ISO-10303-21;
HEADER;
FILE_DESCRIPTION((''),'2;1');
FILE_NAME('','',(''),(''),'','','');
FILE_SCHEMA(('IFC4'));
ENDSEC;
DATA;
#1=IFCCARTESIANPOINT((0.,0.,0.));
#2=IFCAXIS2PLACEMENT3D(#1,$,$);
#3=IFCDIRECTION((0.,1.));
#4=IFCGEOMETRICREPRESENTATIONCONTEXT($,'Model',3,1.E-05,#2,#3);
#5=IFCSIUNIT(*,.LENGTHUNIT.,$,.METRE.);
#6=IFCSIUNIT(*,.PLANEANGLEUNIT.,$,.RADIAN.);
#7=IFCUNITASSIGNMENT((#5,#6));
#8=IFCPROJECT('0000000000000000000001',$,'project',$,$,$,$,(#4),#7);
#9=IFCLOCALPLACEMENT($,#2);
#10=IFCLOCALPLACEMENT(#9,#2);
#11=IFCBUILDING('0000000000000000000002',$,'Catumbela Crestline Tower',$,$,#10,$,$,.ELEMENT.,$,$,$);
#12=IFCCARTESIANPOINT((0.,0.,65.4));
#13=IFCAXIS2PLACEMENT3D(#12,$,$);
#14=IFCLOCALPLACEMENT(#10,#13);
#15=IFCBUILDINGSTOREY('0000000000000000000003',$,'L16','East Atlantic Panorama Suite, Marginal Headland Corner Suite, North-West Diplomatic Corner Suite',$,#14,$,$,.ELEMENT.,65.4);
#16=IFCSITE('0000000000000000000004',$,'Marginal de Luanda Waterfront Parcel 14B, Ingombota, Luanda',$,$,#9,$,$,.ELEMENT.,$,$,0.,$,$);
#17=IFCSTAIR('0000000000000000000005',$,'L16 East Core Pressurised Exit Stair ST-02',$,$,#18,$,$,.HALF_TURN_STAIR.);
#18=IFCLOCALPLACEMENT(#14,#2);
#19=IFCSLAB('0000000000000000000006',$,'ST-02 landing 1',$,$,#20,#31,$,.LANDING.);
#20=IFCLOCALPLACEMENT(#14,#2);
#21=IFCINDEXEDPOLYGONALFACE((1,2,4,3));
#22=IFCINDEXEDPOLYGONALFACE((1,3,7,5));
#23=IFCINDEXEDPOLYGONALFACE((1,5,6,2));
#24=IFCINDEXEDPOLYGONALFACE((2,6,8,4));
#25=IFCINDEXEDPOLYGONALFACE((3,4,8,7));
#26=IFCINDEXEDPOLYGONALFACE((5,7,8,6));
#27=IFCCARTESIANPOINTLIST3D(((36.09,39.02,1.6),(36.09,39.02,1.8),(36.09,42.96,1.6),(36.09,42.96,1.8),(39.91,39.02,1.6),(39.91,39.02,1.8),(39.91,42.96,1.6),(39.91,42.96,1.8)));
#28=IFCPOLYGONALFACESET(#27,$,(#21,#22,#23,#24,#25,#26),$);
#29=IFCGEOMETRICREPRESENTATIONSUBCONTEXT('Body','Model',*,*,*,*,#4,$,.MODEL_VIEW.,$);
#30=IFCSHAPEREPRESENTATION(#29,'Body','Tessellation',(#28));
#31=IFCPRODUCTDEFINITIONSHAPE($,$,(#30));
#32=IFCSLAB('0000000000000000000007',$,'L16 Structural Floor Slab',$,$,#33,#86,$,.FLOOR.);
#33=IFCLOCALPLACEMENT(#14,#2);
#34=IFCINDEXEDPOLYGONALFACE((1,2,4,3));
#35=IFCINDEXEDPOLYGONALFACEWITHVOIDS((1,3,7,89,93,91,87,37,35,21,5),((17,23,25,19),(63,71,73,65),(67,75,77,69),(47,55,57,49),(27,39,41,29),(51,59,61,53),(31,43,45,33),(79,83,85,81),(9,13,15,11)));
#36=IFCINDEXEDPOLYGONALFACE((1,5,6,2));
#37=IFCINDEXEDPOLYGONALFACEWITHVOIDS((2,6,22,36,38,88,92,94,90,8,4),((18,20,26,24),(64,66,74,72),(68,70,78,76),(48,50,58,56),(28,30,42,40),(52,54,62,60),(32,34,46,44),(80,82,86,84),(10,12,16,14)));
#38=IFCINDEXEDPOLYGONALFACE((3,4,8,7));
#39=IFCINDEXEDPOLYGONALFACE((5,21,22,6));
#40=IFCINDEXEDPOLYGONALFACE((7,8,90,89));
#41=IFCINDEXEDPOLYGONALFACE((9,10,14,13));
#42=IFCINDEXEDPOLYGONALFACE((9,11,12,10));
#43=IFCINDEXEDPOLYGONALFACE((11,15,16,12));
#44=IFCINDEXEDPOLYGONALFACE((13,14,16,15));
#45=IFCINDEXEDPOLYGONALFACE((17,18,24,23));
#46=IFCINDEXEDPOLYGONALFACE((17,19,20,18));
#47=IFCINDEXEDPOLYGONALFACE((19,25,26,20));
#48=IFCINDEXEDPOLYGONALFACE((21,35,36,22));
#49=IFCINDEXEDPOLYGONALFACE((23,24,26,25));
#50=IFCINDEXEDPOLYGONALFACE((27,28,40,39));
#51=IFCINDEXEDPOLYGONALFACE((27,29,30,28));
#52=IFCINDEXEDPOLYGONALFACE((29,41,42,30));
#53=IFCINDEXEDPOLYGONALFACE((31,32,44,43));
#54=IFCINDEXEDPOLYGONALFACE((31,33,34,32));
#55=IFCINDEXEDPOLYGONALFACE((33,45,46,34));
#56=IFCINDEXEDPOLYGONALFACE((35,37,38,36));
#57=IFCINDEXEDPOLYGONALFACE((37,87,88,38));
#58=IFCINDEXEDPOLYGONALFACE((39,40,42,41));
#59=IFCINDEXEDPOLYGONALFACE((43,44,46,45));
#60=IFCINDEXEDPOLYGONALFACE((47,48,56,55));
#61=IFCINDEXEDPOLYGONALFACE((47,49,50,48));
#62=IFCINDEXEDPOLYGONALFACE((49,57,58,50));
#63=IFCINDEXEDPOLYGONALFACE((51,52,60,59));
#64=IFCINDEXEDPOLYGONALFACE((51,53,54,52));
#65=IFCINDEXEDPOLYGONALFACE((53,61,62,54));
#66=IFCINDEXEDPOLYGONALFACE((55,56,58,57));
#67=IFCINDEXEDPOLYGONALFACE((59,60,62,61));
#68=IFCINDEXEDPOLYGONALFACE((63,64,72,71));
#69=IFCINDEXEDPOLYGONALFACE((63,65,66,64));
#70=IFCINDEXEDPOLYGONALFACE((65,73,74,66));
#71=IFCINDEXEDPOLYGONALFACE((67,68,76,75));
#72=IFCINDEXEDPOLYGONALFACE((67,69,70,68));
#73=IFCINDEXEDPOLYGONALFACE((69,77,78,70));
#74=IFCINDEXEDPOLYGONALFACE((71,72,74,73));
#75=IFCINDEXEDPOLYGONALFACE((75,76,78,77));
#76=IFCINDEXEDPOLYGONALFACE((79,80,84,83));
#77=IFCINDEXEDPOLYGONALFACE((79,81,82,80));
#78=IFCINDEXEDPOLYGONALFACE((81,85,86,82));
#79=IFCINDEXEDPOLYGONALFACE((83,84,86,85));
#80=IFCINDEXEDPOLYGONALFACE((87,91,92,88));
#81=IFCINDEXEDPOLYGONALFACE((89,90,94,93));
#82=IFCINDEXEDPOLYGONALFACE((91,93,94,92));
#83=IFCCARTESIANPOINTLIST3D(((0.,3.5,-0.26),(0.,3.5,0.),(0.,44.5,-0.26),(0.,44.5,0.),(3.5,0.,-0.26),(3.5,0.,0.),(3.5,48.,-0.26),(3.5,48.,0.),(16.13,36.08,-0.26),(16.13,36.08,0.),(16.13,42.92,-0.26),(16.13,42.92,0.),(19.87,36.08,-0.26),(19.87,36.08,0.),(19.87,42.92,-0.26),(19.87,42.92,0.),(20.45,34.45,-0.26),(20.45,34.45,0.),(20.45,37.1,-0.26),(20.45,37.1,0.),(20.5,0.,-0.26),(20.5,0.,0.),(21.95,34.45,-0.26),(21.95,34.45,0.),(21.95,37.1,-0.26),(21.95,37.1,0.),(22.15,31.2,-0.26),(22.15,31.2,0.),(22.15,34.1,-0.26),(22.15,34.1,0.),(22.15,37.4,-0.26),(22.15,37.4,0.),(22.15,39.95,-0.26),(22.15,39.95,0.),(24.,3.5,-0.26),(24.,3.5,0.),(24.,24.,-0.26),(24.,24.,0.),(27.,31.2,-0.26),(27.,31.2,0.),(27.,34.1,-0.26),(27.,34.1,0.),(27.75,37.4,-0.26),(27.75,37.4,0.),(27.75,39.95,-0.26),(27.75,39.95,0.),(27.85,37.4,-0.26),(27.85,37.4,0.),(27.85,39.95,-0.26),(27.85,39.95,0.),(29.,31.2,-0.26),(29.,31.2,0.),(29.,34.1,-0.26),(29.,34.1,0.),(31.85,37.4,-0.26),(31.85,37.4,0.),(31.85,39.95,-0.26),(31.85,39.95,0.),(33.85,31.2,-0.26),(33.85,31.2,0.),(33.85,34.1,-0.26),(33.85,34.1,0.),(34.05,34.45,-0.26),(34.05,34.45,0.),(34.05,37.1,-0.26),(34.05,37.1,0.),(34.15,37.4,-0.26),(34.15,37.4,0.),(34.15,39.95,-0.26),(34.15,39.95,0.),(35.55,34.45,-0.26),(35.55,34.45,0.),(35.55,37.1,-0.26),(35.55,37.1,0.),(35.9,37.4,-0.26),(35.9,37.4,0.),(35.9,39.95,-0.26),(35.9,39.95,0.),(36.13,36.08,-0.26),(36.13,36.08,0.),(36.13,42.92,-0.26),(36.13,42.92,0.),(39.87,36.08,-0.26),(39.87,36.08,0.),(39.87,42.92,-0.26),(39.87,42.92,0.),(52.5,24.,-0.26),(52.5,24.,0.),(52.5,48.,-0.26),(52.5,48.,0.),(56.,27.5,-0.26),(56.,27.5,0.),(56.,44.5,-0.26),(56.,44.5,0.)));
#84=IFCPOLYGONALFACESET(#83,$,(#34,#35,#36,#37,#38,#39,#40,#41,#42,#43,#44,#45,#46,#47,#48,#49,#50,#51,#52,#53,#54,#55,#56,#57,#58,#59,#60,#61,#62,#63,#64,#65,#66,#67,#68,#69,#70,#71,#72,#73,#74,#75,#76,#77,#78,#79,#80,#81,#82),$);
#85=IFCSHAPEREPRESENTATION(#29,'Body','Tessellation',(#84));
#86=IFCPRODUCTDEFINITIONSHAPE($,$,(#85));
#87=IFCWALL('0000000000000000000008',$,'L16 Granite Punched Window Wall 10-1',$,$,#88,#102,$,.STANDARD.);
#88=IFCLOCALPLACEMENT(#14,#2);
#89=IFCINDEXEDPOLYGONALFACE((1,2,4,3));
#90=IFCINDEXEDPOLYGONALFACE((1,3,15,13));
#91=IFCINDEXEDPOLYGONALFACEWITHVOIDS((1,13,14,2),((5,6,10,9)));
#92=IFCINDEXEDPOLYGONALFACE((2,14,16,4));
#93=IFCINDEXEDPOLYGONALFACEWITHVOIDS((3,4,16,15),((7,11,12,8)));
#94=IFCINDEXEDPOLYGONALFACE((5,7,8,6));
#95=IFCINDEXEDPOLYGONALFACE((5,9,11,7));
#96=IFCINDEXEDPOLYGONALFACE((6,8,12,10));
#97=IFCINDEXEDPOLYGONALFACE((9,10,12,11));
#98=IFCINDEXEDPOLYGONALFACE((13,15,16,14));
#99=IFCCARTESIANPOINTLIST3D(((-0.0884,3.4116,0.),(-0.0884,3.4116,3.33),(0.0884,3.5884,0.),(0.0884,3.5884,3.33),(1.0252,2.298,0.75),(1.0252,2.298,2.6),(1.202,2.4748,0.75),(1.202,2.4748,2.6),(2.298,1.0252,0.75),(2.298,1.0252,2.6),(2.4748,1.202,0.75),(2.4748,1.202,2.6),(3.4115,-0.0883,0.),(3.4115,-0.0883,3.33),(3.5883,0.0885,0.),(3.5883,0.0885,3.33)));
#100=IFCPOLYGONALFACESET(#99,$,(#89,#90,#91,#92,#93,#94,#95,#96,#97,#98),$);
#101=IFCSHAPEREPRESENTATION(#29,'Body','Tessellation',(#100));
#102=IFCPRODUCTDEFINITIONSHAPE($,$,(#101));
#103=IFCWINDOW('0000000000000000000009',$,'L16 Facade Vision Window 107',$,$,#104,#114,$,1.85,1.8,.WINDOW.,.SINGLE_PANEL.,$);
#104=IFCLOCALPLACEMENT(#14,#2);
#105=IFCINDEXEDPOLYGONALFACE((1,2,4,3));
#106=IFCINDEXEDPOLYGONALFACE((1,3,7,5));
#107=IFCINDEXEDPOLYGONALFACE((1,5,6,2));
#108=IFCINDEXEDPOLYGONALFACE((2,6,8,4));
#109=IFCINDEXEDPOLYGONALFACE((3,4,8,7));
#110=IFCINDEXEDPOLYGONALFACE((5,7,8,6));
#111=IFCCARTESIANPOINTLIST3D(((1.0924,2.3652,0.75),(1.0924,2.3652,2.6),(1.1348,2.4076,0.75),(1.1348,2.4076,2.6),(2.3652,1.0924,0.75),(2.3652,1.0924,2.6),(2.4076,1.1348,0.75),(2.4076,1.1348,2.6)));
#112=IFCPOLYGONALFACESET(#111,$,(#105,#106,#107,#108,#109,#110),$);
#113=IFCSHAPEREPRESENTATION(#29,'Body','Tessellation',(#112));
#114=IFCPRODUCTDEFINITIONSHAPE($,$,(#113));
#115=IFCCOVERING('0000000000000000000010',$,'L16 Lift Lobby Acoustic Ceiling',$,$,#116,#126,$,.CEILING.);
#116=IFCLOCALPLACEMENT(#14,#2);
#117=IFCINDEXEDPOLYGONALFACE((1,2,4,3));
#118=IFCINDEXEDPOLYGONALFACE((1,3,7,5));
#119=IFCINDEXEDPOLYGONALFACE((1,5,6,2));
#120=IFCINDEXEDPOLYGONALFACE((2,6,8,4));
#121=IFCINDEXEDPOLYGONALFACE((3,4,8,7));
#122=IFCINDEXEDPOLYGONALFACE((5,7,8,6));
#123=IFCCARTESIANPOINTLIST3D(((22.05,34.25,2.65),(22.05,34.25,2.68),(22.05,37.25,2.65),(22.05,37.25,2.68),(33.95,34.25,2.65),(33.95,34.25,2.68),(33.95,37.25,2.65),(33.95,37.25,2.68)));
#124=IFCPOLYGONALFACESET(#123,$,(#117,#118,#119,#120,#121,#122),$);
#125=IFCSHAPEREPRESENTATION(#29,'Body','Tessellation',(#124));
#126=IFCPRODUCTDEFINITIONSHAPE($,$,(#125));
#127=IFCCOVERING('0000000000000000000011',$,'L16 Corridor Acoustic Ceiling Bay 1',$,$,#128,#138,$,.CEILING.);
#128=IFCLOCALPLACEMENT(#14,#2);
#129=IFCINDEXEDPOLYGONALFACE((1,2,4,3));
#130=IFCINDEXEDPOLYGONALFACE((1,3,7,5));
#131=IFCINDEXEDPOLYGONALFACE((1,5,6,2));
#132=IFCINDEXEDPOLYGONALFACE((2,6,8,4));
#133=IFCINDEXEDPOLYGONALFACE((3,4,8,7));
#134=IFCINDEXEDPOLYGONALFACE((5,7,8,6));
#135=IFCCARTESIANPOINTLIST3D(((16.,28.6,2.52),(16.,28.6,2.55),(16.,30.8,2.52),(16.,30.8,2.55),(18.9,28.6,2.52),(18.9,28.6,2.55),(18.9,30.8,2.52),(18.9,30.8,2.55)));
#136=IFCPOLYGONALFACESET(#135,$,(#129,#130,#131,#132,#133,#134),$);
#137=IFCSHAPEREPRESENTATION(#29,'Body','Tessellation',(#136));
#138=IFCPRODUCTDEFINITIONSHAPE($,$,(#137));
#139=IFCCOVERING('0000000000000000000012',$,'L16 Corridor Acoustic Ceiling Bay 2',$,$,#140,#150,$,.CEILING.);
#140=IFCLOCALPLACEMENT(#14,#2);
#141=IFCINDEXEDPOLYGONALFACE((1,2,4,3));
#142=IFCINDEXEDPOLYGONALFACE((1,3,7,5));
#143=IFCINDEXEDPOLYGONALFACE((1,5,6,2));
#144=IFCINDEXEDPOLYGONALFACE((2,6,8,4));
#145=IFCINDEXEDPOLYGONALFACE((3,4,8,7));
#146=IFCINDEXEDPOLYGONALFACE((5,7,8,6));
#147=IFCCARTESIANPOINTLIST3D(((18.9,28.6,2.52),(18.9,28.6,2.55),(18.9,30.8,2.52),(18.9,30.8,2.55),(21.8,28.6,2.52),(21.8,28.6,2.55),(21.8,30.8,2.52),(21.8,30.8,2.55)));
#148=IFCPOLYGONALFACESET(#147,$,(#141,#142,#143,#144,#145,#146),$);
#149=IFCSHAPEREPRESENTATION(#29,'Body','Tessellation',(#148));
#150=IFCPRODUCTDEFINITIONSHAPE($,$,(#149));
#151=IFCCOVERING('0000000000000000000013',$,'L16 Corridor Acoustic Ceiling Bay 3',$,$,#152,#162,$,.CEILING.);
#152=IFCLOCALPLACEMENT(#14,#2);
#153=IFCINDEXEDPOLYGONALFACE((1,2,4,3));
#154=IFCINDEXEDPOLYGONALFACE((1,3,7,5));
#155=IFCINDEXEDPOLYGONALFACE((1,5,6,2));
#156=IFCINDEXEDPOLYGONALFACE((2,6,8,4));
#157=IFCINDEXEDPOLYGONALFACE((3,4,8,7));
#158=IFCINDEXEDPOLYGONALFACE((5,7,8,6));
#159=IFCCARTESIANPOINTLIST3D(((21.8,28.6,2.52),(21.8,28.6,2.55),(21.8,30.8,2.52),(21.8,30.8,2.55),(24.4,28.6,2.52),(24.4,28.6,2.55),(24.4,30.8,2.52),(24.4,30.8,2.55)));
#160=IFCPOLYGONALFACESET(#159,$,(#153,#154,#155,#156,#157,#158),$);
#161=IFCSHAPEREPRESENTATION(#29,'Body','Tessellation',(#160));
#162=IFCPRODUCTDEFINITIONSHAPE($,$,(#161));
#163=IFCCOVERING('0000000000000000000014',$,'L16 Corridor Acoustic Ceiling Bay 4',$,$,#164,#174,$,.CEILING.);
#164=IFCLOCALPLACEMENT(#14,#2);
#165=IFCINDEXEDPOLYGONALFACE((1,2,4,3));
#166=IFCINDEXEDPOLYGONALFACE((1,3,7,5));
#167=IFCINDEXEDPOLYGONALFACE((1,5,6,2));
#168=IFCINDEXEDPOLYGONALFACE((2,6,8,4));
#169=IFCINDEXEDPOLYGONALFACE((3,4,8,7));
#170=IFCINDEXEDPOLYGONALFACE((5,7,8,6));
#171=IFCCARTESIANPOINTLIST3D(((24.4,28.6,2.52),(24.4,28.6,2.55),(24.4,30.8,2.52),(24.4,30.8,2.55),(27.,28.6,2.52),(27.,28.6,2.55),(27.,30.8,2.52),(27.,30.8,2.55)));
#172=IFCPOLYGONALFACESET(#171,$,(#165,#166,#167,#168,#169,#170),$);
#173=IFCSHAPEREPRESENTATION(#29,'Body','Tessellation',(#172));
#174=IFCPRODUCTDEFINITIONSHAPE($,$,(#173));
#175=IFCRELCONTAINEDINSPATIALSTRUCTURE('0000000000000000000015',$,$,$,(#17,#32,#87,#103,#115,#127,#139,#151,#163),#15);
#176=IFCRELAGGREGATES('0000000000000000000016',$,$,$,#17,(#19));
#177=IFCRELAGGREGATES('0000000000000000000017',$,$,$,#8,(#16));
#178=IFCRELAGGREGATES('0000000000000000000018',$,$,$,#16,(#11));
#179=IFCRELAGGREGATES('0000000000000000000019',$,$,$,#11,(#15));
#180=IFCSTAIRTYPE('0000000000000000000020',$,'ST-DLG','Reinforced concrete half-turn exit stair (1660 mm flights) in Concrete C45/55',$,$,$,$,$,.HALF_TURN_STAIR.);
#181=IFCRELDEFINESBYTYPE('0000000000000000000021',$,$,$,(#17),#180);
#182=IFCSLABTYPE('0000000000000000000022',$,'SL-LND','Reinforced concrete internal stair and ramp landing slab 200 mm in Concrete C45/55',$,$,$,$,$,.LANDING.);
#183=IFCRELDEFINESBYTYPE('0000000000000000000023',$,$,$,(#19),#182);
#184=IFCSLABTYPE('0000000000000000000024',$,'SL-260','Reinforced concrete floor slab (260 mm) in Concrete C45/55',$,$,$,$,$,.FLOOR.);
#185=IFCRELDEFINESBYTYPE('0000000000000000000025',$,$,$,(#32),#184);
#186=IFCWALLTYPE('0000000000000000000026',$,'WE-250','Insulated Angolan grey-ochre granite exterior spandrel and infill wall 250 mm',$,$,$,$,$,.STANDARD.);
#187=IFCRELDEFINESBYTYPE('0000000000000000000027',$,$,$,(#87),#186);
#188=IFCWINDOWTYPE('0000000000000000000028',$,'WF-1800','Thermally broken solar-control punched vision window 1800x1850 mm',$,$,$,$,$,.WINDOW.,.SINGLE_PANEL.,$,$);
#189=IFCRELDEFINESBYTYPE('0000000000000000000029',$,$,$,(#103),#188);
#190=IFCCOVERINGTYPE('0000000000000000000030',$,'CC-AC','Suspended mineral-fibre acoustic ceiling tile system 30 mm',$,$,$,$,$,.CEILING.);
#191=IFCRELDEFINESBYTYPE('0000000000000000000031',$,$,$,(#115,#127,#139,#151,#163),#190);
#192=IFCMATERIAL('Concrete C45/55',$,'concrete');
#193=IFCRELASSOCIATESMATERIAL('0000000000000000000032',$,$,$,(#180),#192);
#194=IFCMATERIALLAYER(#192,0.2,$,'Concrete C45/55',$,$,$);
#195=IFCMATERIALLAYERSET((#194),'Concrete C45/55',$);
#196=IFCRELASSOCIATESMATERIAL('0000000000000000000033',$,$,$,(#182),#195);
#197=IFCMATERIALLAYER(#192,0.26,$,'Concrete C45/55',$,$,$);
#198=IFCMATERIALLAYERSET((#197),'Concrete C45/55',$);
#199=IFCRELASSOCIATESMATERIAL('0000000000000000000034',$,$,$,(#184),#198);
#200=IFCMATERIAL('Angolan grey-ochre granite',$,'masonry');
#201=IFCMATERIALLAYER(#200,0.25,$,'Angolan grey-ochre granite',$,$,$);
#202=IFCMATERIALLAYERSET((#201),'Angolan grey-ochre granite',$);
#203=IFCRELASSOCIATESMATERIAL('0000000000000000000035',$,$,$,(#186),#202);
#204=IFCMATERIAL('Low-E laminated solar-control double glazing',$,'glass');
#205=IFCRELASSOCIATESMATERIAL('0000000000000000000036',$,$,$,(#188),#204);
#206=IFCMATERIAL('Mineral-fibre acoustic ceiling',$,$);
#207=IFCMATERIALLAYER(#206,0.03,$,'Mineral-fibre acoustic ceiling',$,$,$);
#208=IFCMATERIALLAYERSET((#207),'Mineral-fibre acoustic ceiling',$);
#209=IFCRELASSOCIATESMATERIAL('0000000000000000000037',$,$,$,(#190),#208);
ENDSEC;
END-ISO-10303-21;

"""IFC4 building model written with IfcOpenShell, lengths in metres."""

from ifc_helpers import new_model, si_unit, direction, frame, frame_2d, origin, place, context, subcontext, project, spatial, polyline, rectangle, outline, extrude, material, layer, layer_set, type_object, element, fill, aggregate, save


model = new_model("IFC4")

# Units and contexts
model_context = context("Model", 3, precision=1e-05, world=origin(), true_north=direction((0.0, 1.0)))
body_context = subcontext(model_context, "Body", "Model", "MODEL_VIEW")
ifc_project = project(units=[si_unit("LENGTHUNIT", "METRE"), si_unit("PLANEANGLEUNIT", "RADIAN")], contexts=[model_context])

# Site, building, storey
site_placement = place(None, origin())
site = spatial("IfcSite", under=ifc_project, at=site_placement, Name="Marginal de Luanda Waterfront Parcel 14B, Ingombota, Luanda", CompositionType="ELEMENT", RefElevation=0.0)
building_placement = place(site_placement, origin())
building = spatial("IfcBuilding", under=site, at=building_placement, Name="Catumbela Crestline Tower", CompositionType="ELEMENT")
storey_placement = place(building_placement, frame((0.0, 0.0, 65.4)))
storey = spatial("IfcBuildingStorey", under=building, at=storey_placement, Name="L16", Description="East Atlantic Panorama Suite, Marginal Headland Corner Suite, North-West Diplomatic Corner Suite", CompositionType="ELEMENT", Elevation=65.4)

# Stair, slab
ifc_material_1 = material(Name="Concrete C45/55", Category="concrete")
stair_type = type_object("IfcStairType", Name="ST-DLG", Description="Reinforced concrete half-turn exit stair (1660 mm flights) in Concrete C45/55", PredefinedType="HALF_TURN_STAIR", material=ifc_material_1)
ifc_layer_1 = layer(ifc_material_1, 0.2, Name="Concrete C45/55")
ifc_layer_set_1 = layer_set([ifc_layer_1], Name="Concrete C45/55")
slab_type_1 = type_object("IfcSlabType", Name="SL-LND", Description="Reinforced concrete internal stair and ramp landing slab 200 mm in Concrete C45/55", PredefinedType="LANDING", material=ifc_layer_set_1)
stair_1_placement = place(storey_placement, origin())
stair_1 = element("IfcStair", 1, at=stair_1_placement, inside=storey, type_object=stair_type, Name="L16 East Core Pressurised Exit Stair ST-02", PredefinedType="HALF_TURN_STAIR")
slab_1_placement = place(storey_placement, frame((0.0, 0.0, 1.6)))
slab_1 = element("IfcSlab", 2, at=slab_1_placement, type_object=slab_type_1, Name="ST-02 landing 1", PredefinedType="LANDING", context=body_context, shape_type="SweptSolid", body=[
    extrude(outline(polyline([(39.91, 39.02), (39.91, 42.96), (36.09, 42.96), (36.09, 39.02), (39.91, 39.02)])), origin(), (0.0, 0.0, 1.0), 0.2),
])
aggregate(stair_1, [slab_1])

# Slab
ifc_layer_2 = layer(ifc_material_1, 0.26, Name="Concrete C45/55")
ifc_layer_set_2 = layer_set([ifc_layer_2], Name="Concrete C45/55")
slab_type_2 = type_object("IfcSlabType", Name="SL-260", Description="Reinforced concrete floor slab (260 mm) in Concrete C45/55", PredefinedType="FLOOR", material=ifc_layer_set_2)
slab_2_placement = place(storey_placement, frame((0.0, 0.0, -0.26)))
element("IfcSlab", 3, at=slab_2_placement, inside=storey, type_object=slab_type_2, Name="L16 Structural Floor Slab", PredefinedType="FLOOR", context=body_context, shape_type="SweptSolid", body=[
    extrude(outline(polyline([(3.5, 0.0), (20.5, 0.0), (24.0, 3.5), (24.0, 24.0), (52.5, 24.0), (56.0, 27.5), (56.0, 44.5), (52.5, 48.0), (3.5, 48.0), (0.0, 44.5), (0.0, 3.5), (3.5, 0.0)]), holes=[polyline([(16.13, 36.08), (19.87, 36.08), (19.87, 42.92), (16.13, 42.92), (16.13, 36.08)]), polyline([(36.13, 36.08), (39.87, 36.08), (39.87, 42.92), (36.13, 42.92), (36.13, 36.08)]), polyline([(22.15, 31.2), (27.0, 31.2), (27.0, 34.1), (22.15, 34.1), (22.15, 31.2)]), polyline([(29.0, 31.2), (33.85, 31.2), (33.85, 34.1), (29.0, 34.1), (29.0, 31.2)]), polyline([(22.15, 37.4), (27.75, 37.4), (27.75, 39.95), (22.15, 39.95), (22.15, 37.4)]), polyline([(27.85, 37.4), (31.85, 37.4), (31.85, 39.95), (27.85, 39.95), (27.85, 37.4)]), polyline([(20.45, 34.45), (21.95, 34.45), (21.95, 37.1), (20.45, 37.1), (20.45, 34.45)]), polyline([(34.05, 34.45), (35.55, 34.45), (35.55, 37.1), (34.05, 37.1), (34.05, 34.45)]), polyline([(34.15, 37.4), (35.9, 37.4), (35.9, 39.95), (34.15, 39.95), (34.15, 37.4)])]), origin(), (0.0, 0.0, 1.0), 0.26),
])

# Wall, opening, window
ifc_material_2 = material(Name="Angolan grey-ochre granite", Category="masonry")
ifc_layer_3 = layer(ifc_material_2, 0.25, Name="Angolan grey-ochre granite")
ifc_layer_set_3 = layer_set([ifc_layer_3], Name="Angolan grey-ochre granite")
wall_type = type_object("IfcWallType", Name="WE-250", Description="Insulated Angolan grey-ochre granite exterior spandrel and infill wall 250 mm", PredefinedType="STANDARD", material=ifc_layer_set_3)
wall_placement = place(storey_placement, frame((0.0, 3.5, 0.0), z_axis=(0.0, 0.0, 1.0), x_axis=(0.707107, -0.707107, 0.0)))
wall = element("IfcWall", 4, at=wall_placement, inside=storey, type_object=wall_type, Name="L16 Granite Punched Window Wall 10-1", PredefinedType="STANDARD", context=body_context, shape_type="SweptSolid", body=[
    extrude(rectangle(XDim=4.9497, YDim=0.25, at=frame_2d((2.4748, 0.0))), origin(), (0.0, 0.0, 1.0), 3.33),
])
opening_placement = place(wall_placement, frame((1.5749, 0.0, 0.75)))
opening = element("IfcOpeningElement", 5, at=opening_placement, cuts=wall, PredefinedType="OPENING", context=body_context, shape_type="SweptSolid", body=[
    extrude(rectangle(XDim=1.8, YDim=1.85, at=frame_2d((0.9, 0.925))), frame((0.0, 0.135, 0.0), z_axis=(0.0, -1.0, 0.0), x_axis=(1.0, 0.0, 0.0)), (0.0, 0.0, 1.0), 0.27),
])
ifc_material_3 = material(Name="Low-E laminated solar-control double glazing", Category="glass")
window_type = type_object("IfcWindowType", Name="WF-1800", Description="Thermally broken solar-control punched vision window 1800x1850 mm", PartitioningType="SINGLE_PANEL", PredefinedType="WINDOW", material=ifc_material_3)
window_placement = place(opening_placement, origin())
window = element("IfcWindow", 6, at=window_placement, inside=storey, type_object=window_type, Name="L16 Facade Vision Window 107", OverallHeight=1.85, OverallWidth=1.8, PartitioningType="SINGLE_PANEL", PredefinedType="WINDOW", context=body_context, shape_type="SweptSolid", body=[
    extrude(rectangle(XDim=1.8, YDim=1.85, at=frame_2d((0.9, 0.925))), frame((0.0, 0.03, 0.0), z_axis=(0.0, -1.0, 0.0), x_axis=(1.0, 0.0, 0.0)), (0.0, 0.0, 1.0), 0.06),
])
fill(opening, window)

# Coverings
ifc_material_4 = material(Name="Mineral-fibre acoustic ceiling")
ifc_layer_4 = layer(ifc_material_4, 0.03, Name="Mineral-fibre acoustic ceiling")
ifc_layer_set_4 = layer_set([ifc_layer_4], Name="Mineral-fibre acoustic ceiling")
covering_type_1 = type_object("IfcCoveringType", Name="CC-AC", Description="Suspended mineral-fibre acoustic ceiling tile system 30 mm", PredefinedType="CEILING", material=ifc_layer_set_4)
covering_1_placement = place(storey_placement, frame((0.0, 0.0, 2.65)))
element("IfcCovering", 7, at=covering_1_placement, inside=storey, type_object=covering_type_1, Name="L16 Lift Lobby Acoustic Ceiling", PredefinedType="CEILING", context=body_context, shape_type="SweptSolid", body=[
    extrude(outline(polyline([(22.05, 34.25), (33.95, 34.25), (33.95, 37.25), (22.05, 37.25), (22.05, 34.25)])), origin(), (0.0, 0.0, 1.0), 0.03),
])
covering_2_placement = place(storey_placement, frame((0.0, 0.0, 2.52)))
element("IfcCovering", 8, at=covering_2_placement, inside=storey, type_object=covering_type_1, Name="L16 Corridor Acoustic Ceiling Bay 1", PredefinedType="CEILING", context=body_context, shape_type="SweptSolid", body=[
    extrude(outline(polyline([(16.0, 28.6), (18.9, 28.6), (18.9, 30.8), (16.0, 30.8), (16.0, 28.6)])), origin(), (0.0, 0.0, 1.0), 0.03),
])
covering_3_placement = place(storey_placement, frame((0.0, 0.0, 2.52)))
element("IfcCovering", 9, at=covering_3_placement, inside=storey, type_object=covering_type_1, Name="L16 Corridor Acoustic Ceiling Bay 2", PredefinedType="CEILING", context=body_context, shape_type="SweptSolid", body=[
    extrude(outline(polyline([(18.9, 28.6), (21.8, 28.6), (21.8, 30.8), (18.9, 30.8), (18.9, 28.6)])), origin(), (0.0, 0.0, 1.0), 0.03),
])
covering_4_placement = place(storey_placement, frame((0.0, 0.0, 2.52)))
element("IfcCovering", 10, at=covering_4_placement, inside=storey, type_object=covering_type_1, Name="L16 Corridor Acoustic Ceiling Bay 3", PredefinedType="CEILING", context=body_context, shape_type="SweptSolid", body=[
    extrude(outline(polyline([(21.8, 28.6), (24.4, 28.6), (24.4, 30.8), (21.8, 30.8), (21.8, 28.6)])), origin(), (0.0, 0.0, 1.0), 0.03),
])
covering_5_placement = place(storey_placement, frame((0.0, 0.0, 2.52)))
element("IfcCovering", 11, at=covering_5_placement, inside=storey, type_object=covering_type_1, Name="L16 Corridor Acoustic Ceiling Bay 4", PredefinedType="CEILING", context=body_context, shape_type="SweptSolid", body=[
    extrude(outline(polyline([(24.4, 28.6), (27.0, 28.6), (27.0, 30.8), (24.4, 30.8), (24.4, 28.6)])), origin(), (0.0, 0.0, 1.0), 0.03),
])

save(model, "model.ifc")
